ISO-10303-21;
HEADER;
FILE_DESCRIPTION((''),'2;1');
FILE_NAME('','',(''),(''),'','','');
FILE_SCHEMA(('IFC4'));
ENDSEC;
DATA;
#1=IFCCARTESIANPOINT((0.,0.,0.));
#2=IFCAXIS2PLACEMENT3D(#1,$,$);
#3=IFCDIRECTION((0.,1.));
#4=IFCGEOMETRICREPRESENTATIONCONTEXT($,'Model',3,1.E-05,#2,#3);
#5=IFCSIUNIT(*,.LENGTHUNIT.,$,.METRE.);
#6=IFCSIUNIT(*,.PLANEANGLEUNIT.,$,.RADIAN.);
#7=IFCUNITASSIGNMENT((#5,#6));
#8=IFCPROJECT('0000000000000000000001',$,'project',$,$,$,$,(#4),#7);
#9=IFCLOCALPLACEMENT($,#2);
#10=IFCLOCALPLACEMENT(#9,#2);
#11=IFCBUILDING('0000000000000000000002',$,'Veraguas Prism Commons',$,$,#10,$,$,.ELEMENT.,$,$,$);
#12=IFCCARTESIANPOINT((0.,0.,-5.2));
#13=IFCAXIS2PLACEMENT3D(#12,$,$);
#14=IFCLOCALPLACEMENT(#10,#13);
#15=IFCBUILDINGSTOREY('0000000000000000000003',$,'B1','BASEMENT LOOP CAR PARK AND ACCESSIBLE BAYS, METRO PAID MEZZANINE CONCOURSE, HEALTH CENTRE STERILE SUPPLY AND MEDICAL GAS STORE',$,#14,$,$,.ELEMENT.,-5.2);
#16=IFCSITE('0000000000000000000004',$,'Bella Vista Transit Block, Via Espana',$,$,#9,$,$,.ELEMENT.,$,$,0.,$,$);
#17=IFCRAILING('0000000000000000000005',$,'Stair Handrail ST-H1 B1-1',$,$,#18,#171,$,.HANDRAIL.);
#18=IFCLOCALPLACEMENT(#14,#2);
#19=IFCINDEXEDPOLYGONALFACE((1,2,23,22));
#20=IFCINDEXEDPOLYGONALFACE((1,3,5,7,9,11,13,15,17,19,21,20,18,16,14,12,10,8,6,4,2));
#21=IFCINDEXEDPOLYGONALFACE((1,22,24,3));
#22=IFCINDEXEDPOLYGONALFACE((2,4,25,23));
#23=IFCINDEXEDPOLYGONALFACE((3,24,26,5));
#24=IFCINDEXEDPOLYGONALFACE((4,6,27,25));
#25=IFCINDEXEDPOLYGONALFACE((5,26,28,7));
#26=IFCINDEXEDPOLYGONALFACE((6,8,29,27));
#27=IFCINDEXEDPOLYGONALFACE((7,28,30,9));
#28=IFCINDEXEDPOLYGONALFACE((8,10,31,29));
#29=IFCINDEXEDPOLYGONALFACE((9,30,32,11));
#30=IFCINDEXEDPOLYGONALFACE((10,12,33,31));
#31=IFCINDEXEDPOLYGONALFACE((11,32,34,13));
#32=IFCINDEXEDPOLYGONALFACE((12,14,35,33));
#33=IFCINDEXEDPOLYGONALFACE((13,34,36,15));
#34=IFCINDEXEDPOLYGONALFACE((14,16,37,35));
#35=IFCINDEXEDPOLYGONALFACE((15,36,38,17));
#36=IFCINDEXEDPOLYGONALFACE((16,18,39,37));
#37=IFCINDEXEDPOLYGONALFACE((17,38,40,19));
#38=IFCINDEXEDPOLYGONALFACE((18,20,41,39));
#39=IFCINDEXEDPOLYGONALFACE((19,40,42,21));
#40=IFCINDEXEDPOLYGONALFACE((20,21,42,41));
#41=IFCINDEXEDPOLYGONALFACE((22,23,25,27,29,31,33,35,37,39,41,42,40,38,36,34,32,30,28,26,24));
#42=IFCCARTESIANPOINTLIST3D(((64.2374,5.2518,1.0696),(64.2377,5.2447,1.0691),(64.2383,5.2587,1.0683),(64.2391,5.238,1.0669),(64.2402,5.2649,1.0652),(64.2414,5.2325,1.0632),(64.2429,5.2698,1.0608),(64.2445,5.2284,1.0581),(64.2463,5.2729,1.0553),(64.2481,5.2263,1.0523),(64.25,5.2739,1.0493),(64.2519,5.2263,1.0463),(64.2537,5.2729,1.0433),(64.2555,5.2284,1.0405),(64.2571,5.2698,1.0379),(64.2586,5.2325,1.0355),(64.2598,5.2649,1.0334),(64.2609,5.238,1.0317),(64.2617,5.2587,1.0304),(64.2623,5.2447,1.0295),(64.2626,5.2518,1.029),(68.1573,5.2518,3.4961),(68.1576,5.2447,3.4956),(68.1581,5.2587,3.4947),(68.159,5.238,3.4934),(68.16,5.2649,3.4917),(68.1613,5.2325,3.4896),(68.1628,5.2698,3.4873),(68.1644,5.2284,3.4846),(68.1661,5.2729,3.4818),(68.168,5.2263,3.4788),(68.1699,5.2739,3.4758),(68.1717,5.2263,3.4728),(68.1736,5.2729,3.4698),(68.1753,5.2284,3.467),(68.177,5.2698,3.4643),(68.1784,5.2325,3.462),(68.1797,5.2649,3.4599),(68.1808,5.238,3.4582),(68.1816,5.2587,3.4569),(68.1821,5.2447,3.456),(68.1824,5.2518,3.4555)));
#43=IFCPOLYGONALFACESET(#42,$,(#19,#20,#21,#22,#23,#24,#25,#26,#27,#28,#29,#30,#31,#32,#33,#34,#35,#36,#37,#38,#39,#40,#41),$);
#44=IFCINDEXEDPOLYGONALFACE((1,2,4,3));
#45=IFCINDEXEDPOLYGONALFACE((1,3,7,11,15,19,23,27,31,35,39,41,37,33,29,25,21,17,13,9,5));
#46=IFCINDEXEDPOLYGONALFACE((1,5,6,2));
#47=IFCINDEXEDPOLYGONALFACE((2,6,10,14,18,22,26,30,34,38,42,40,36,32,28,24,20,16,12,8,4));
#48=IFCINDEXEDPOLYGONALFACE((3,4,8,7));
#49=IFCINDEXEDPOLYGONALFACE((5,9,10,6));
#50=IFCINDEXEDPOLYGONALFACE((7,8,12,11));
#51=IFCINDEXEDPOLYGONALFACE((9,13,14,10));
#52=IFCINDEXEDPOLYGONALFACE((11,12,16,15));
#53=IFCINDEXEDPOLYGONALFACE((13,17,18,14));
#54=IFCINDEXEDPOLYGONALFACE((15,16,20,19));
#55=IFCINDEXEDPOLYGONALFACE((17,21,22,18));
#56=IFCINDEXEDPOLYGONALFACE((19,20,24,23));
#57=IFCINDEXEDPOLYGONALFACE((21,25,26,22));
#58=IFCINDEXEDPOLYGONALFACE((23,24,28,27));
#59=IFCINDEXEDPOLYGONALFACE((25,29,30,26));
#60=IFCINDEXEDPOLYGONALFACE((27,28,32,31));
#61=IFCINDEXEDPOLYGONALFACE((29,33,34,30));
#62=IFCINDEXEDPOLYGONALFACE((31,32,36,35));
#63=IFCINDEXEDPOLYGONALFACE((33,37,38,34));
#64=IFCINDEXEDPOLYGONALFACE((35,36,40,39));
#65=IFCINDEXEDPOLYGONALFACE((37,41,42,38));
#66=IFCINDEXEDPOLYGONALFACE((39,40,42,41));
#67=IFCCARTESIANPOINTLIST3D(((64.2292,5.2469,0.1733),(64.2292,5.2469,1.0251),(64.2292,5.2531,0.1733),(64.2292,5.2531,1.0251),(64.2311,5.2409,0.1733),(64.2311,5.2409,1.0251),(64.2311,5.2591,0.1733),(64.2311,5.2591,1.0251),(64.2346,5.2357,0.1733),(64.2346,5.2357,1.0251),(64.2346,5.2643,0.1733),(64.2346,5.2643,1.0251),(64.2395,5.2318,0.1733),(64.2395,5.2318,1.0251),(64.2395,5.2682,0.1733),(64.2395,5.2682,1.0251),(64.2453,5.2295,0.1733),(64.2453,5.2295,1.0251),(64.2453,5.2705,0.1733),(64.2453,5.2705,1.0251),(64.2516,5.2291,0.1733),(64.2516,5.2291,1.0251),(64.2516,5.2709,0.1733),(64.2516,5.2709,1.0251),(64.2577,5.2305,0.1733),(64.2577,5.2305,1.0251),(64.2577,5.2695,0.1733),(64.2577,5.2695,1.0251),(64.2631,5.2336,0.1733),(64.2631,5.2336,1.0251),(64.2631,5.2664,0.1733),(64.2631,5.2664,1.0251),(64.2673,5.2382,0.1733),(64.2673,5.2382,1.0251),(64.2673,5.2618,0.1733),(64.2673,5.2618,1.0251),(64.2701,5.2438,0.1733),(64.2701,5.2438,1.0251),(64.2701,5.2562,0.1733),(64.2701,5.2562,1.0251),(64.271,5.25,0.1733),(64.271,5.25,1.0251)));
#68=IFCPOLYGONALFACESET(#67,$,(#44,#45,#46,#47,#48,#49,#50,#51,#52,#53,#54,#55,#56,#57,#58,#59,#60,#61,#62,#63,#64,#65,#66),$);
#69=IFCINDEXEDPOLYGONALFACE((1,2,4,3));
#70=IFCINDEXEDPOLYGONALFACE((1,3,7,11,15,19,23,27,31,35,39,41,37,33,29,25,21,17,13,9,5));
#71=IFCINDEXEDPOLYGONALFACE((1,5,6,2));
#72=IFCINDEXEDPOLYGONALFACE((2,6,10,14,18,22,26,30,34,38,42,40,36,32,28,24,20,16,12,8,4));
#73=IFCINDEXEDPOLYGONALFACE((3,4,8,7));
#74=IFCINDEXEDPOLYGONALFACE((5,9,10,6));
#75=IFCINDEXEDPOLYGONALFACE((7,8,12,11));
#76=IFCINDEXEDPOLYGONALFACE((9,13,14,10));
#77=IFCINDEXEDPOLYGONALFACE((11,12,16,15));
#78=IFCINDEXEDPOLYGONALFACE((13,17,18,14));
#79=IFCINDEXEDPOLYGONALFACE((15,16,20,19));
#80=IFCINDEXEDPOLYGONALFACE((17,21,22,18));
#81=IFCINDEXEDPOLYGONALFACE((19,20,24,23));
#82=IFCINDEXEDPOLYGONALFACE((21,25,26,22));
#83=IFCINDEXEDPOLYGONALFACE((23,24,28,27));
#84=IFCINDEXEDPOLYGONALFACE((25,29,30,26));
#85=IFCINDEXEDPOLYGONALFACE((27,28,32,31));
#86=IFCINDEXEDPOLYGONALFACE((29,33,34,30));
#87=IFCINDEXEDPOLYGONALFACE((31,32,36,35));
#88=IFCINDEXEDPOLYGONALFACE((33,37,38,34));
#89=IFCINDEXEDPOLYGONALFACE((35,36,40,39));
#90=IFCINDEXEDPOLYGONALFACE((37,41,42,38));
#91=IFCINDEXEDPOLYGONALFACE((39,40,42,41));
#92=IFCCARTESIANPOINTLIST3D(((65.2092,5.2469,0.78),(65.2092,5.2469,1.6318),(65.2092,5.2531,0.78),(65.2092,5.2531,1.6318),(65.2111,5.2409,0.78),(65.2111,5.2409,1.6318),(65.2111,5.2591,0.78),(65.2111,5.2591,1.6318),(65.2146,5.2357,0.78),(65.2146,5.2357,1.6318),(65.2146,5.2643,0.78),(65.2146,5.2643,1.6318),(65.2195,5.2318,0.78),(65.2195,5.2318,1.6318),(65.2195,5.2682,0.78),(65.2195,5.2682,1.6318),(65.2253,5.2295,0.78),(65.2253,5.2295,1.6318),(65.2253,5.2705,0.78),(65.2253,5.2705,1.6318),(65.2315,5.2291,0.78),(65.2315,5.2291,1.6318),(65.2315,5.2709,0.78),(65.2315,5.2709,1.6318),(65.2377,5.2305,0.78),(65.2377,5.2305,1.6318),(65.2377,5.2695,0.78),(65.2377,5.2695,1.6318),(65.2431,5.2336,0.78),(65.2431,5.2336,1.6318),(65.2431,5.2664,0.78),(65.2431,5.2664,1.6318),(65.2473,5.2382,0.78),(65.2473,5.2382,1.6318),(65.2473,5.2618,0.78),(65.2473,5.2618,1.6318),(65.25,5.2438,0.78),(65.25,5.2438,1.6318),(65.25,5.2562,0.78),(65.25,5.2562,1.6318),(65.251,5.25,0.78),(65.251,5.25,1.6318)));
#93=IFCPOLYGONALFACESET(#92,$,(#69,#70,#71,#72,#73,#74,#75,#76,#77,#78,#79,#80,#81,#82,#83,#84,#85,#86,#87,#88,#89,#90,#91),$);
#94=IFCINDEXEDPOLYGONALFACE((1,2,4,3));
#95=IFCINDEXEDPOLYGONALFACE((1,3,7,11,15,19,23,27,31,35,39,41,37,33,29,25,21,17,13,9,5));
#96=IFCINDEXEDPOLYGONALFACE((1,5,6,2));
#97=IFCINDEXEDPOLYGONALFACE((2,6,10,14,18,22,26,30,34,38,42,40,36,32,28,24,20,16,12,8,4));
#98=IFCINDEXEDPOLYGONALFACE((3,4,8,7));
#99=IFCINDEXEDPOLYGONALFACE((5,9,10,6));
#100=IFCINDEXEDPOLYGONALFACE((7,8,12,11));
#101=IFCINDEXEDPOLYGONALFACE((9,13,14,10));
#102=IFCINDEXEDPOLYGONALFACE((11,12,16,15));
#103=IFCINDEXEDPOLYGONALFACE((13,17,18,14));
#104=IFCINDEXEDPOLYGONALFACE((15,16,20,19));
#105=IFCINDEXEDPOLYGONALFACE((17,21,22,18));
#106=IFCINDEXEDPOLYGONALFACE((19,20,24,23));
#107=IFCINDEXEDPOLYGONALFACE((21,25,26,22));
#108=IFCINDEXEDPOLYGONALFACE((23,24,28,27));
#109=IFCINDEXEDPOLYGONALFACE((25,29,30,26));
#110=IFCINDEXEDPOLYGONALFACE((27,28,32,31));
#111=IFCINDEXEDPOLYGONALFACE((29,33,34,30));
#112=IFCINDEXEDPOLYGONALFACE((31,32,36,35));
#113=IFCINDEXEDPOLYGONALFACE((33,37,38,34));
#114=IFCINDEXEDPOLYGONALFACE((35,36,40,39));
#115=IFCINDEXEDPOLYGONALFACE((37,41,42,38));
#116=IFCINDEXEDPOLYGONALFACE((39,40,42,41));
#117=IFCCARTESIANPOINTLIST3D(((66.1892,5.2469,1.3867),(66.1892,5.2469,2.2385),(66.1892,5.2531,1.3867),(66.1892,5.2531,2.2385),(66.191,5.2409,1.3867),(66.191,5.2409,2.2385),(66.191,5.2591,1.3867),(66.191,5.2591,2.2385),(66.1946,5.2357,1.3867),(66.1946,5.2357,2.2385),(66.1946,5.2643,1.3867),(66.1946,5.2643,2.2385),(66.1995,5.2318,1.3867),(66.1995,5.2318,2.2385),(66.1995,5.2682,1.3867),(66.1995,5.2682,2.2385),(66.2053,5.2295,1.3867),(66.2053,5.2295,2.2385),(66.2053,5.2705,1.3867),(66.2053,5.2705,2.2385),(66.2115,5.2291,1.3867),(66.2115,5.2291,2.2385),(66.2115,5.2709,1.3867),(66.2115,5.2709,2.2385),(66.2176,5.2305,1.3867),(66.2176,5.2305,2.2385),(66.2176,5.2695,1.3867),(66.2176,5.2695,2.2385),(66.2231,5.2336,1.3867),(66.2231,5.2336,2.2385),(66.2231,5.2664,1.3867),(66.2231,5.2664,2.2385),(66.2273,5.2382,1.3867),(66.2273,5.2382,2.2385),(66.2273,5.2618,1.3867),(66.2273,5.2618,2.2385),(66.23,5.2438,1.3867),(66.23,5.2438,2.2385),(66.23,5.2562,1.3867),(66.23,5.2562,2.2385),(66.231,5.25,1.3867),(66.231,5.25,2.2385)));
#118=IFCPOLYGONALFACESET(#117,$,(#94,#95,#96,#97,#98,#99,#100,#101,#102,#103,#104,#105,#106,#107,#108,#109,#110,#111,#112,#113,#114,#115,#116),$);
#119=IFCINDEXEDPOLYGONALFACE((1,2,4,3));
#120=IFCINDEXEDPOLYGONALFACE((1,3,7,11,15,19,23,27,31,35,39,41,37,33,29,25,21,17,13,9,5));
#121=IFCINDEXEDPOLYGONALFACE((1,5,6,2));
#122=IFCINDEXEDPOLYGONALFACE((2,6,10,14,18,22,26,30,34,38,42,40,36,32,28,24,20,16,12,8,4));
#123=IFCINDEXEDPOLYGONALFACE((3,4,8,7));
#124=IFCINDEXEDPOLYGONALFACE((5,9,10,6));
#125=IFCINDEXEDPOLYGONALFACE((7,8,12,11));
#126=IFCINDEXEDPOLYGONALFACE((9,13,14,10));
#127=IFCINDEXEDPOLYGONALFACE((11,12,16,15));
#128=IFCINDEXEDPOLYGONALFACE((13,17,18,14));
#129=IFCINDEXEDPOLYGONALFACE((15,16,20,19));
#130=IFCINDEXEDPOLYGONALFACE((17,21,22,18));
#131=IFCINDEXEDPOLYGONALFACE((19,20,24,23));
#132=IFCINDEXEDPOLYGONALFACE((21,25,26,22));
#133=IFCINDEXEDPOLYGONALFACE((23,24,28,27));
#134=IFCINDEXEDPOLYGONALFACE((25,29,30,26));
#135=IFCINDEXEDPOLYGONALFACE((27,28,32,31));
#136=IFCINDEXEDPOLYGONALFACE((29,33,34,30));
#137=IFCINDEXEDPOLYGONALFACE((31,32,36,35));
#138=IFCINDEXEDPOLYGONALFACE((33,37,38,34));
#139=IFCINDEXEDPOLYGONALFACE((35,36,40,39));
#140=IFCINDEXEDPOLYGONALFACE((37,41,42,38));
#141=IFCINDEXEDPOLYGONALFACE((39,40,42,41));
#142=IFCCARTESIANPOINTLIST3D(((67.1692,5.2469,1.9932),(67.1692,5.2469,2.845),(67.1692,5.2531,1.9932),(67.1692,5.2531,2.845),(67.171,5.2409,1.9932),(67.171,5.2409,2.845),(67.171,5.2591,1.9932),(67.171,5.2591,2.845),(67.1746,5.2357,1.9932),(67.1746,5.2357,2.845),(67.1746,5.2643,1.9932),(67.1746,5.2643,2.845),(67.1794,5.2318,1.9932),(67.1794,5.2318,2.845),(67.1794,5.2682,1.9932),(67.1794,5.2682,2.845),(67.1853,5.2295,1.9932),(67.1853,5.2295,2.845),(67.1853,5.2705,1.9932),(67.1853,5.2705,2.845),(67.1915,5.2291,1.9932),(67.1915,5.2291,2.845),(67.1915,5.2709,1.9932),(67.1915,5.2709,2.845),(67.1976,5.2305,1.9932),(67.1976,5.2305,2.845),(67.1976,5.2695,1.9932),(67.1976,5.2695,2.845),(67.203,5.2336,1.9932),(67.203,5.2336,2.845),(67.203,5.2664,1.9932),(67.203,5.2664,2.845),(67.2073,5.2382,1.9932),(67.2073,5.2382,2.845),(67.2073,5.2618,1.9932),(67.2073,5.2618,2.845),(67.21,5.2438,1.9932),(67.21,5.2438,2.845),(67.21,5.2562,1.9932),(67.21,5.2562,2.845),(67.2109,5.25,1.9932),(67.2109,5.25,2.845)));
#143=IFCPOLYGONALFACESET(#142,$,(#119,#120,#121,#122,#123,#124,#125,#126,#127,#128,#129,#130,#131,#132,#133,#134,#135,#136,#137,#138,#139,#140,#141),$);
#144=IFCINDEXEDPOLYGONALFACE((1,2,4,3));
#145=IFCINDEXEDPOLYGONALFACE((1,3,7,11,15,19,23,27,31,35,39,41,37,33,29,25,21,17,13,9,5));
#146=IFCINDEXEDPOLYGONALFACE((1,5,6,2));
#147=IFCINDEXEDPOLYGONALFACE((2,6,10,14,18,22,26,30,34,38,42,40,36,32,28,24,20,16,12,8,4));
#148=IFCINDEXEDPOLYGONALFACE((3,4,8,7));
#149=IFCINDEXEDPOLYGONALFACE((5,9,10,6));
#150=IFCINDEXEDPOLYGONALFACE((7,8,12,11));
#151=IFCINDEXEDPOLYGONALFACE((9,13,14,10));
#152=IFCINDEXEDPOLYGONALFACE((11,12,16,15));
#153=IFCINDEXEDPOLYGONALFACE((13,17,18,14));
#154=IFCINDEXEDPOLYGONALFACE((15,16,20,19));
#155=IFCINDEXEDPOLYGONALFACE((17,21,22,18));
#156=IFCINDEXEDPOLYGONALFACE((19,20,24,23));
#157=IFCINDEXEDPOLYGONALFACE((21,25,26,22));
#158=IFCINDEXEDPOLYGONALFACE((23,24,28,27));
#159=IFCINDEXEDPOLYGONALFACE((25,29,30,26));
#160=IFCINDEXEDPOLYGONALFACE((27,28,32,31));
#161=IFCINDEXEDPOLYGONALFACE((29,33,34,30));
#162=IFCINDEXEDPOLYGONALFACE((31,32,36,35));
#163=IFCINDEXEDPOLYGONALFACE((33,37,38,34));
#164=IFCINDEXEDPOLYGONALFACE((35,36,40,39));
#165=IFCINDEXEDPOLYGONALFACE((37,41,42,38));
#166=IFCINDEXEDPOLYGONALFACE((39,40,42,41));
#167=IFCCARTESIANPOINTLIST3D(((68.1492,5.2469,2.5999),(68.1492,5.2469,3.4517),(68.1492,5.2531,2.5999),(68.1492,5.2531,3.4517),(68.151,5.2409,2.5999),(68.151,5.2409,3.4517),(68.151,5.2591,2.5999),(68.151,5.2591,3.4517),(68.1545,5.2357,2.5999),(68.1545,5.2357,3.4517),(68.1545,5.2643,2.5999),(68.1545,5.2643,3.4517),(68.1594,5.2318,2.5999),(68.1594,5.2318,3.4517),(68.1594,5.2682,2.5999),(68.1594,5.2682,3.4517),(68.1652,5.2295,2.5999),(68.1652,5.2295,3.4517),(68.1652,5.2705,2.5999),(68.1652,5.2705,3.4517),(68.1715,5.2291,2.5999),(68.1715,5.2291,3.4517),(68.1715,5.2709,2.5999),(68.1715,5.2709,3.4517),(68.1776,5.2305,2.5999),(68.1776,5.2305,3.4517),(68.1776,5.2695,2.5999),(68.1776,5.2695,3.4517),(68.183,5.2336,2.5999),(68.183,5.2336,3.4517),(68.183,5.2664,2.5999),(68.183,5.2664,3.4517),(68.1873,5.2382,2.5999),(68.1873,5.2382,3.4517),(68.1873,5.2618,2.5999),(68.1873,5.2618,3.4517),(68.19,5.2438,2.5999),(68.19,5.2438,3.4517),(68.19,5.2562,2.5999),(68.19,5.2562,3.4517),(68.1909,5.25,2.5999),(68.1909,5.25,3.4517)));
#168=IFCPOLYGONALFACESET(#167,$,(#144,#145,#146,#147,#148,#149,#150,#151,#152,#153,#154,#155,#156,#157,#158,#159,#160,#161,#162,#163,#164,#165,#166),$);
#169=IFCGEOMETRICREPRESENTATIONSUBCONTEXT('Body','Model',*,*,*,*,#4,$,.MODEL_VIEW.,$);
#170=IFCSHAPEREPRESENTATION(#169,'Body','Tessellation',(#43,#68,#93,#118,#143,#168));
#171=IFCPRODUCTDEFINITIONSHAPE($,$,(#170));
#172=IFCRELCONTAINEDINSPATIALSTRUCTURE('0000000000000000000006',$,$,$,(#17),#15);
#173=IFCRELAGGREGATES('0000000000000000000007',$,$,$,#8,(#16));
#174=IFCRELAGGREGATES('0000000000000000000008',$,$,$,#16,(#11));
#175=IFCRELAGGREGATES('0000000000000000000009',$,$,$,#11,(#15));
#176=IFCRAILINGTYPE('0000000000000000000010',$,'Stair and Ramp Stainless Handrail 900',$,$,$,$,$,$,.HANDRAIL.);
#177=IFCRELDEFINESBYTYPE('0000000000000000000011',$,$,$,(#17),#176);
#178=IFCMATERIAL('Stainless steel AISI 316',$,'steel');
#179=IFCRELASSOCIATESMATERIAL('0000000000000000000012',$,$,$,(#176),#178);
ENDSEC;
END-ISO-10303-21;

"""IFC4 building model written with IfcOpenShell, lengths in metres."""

from ifc_helpers import new_model, si_unit, direction, frame, origin, origin_2d, place, context, subcontext, project, spatial, circle, extrude, material, type_object, element, save


model = new_model("IFC4")

# Units and contexts
model_context = context("Model", 3, precision=1e-05, world=origin(), true_north=direction((0.0, 1.0)))
body_context = subcontext(model_context, "Body", "Model", "MODEL_VIEW")
ifc_project = project(units=[si_unit("LENGTHUNIT", "METRE"), si_unit("PLANEANGLEUNIT", "RADIAN")], contexts=[model_context])

# Site, building, storey
site_placement = place(None, origin())
site = spatial("IfcSite", under=ifc_project, at=site_placement, Name="Bella Vista Transit Block, Via Espana", CompositionType="ELEMENT", RefElevation=0.0)
building_placement = place(site_placement, origin())
building = spatial("IfcBuilding", under=site, at=building_placement, Name="Veraguas Prism Commons", CompositionType="ELEMENT")
storey_placement = place(building_placement, frame((0.0, 0.0, -5.2)))
storey = spatial("IfcBuildingStorey", under=building, at=storey_placement, Name="B1", Description="BASEMENT LOOP CAR PARK AND ACCESSIBLE BAYS, METRO PAID MEZZANINE CONCOURSE, HEALTH CENTRE STERILE SUPPLY AND MEDICAL GAS STORE", CompositionType="ELEMENT", Elevation=-5.2)

# Railing
ifc_material_1 = material(Name="Stainless steel AISI 316", Category="steel")
railing_type_1 = type_object("IfcRailingType", Name="Stair and Ramp Stainless Handrail 900", PredefinedType="HANDRAIL", material=ifc_material_1)
railing_1_placement = place(storey_placement, frame((64.25, 5.25, 0.1733)))
element("IfcRailing", 1, at=railing_1_placement, inside=storey, type_object=railing_type_1, Name="Stair Handrail ST-H1 B1-1", PredefinedType="HANDRAIL", context=body_context, shape_type="SweptSolid", body=[
    extrude(circle(Radius=0.0239, at=origin_2d()), frame((0.0, 0.0, 0.876), z_axis=(0.850275, 0.0, 0.526338), x_axis=(0.0, 1.0, 0.0)), (0.0, 0.0, 1.0), 4.6101),
    extrude(circle(Radius=0.021, at=origin_2d()), origin(), (0.0, 0.0, 1.0), 0.8518),
    extrude(circle(Radius=0.021, at=origin_2d()), frame((0.98, 0.0, 0.6067)), (0.0, 0.0, 1.0), 0.8518),
    extrude(circle(Radius=0.021, at=origin_2d()), frame((1.96, 0.0, 1.2134)), (0.0, 0.0, 1.0), 0.8518),
    extrude(circle(Radius=0.021, at=origin_2d()), frame((2.9399, 0.0, 1.8198)), (0.0, 0.0, 1.0), 0.8518),
    extrude(circle(Radius=0.021, at=origin_2d()), frame((3.9199, 0.0, 2.4265)), (0.0, 0.0, 1.0), 0.8518),
])

save(model, "model.ifc")
